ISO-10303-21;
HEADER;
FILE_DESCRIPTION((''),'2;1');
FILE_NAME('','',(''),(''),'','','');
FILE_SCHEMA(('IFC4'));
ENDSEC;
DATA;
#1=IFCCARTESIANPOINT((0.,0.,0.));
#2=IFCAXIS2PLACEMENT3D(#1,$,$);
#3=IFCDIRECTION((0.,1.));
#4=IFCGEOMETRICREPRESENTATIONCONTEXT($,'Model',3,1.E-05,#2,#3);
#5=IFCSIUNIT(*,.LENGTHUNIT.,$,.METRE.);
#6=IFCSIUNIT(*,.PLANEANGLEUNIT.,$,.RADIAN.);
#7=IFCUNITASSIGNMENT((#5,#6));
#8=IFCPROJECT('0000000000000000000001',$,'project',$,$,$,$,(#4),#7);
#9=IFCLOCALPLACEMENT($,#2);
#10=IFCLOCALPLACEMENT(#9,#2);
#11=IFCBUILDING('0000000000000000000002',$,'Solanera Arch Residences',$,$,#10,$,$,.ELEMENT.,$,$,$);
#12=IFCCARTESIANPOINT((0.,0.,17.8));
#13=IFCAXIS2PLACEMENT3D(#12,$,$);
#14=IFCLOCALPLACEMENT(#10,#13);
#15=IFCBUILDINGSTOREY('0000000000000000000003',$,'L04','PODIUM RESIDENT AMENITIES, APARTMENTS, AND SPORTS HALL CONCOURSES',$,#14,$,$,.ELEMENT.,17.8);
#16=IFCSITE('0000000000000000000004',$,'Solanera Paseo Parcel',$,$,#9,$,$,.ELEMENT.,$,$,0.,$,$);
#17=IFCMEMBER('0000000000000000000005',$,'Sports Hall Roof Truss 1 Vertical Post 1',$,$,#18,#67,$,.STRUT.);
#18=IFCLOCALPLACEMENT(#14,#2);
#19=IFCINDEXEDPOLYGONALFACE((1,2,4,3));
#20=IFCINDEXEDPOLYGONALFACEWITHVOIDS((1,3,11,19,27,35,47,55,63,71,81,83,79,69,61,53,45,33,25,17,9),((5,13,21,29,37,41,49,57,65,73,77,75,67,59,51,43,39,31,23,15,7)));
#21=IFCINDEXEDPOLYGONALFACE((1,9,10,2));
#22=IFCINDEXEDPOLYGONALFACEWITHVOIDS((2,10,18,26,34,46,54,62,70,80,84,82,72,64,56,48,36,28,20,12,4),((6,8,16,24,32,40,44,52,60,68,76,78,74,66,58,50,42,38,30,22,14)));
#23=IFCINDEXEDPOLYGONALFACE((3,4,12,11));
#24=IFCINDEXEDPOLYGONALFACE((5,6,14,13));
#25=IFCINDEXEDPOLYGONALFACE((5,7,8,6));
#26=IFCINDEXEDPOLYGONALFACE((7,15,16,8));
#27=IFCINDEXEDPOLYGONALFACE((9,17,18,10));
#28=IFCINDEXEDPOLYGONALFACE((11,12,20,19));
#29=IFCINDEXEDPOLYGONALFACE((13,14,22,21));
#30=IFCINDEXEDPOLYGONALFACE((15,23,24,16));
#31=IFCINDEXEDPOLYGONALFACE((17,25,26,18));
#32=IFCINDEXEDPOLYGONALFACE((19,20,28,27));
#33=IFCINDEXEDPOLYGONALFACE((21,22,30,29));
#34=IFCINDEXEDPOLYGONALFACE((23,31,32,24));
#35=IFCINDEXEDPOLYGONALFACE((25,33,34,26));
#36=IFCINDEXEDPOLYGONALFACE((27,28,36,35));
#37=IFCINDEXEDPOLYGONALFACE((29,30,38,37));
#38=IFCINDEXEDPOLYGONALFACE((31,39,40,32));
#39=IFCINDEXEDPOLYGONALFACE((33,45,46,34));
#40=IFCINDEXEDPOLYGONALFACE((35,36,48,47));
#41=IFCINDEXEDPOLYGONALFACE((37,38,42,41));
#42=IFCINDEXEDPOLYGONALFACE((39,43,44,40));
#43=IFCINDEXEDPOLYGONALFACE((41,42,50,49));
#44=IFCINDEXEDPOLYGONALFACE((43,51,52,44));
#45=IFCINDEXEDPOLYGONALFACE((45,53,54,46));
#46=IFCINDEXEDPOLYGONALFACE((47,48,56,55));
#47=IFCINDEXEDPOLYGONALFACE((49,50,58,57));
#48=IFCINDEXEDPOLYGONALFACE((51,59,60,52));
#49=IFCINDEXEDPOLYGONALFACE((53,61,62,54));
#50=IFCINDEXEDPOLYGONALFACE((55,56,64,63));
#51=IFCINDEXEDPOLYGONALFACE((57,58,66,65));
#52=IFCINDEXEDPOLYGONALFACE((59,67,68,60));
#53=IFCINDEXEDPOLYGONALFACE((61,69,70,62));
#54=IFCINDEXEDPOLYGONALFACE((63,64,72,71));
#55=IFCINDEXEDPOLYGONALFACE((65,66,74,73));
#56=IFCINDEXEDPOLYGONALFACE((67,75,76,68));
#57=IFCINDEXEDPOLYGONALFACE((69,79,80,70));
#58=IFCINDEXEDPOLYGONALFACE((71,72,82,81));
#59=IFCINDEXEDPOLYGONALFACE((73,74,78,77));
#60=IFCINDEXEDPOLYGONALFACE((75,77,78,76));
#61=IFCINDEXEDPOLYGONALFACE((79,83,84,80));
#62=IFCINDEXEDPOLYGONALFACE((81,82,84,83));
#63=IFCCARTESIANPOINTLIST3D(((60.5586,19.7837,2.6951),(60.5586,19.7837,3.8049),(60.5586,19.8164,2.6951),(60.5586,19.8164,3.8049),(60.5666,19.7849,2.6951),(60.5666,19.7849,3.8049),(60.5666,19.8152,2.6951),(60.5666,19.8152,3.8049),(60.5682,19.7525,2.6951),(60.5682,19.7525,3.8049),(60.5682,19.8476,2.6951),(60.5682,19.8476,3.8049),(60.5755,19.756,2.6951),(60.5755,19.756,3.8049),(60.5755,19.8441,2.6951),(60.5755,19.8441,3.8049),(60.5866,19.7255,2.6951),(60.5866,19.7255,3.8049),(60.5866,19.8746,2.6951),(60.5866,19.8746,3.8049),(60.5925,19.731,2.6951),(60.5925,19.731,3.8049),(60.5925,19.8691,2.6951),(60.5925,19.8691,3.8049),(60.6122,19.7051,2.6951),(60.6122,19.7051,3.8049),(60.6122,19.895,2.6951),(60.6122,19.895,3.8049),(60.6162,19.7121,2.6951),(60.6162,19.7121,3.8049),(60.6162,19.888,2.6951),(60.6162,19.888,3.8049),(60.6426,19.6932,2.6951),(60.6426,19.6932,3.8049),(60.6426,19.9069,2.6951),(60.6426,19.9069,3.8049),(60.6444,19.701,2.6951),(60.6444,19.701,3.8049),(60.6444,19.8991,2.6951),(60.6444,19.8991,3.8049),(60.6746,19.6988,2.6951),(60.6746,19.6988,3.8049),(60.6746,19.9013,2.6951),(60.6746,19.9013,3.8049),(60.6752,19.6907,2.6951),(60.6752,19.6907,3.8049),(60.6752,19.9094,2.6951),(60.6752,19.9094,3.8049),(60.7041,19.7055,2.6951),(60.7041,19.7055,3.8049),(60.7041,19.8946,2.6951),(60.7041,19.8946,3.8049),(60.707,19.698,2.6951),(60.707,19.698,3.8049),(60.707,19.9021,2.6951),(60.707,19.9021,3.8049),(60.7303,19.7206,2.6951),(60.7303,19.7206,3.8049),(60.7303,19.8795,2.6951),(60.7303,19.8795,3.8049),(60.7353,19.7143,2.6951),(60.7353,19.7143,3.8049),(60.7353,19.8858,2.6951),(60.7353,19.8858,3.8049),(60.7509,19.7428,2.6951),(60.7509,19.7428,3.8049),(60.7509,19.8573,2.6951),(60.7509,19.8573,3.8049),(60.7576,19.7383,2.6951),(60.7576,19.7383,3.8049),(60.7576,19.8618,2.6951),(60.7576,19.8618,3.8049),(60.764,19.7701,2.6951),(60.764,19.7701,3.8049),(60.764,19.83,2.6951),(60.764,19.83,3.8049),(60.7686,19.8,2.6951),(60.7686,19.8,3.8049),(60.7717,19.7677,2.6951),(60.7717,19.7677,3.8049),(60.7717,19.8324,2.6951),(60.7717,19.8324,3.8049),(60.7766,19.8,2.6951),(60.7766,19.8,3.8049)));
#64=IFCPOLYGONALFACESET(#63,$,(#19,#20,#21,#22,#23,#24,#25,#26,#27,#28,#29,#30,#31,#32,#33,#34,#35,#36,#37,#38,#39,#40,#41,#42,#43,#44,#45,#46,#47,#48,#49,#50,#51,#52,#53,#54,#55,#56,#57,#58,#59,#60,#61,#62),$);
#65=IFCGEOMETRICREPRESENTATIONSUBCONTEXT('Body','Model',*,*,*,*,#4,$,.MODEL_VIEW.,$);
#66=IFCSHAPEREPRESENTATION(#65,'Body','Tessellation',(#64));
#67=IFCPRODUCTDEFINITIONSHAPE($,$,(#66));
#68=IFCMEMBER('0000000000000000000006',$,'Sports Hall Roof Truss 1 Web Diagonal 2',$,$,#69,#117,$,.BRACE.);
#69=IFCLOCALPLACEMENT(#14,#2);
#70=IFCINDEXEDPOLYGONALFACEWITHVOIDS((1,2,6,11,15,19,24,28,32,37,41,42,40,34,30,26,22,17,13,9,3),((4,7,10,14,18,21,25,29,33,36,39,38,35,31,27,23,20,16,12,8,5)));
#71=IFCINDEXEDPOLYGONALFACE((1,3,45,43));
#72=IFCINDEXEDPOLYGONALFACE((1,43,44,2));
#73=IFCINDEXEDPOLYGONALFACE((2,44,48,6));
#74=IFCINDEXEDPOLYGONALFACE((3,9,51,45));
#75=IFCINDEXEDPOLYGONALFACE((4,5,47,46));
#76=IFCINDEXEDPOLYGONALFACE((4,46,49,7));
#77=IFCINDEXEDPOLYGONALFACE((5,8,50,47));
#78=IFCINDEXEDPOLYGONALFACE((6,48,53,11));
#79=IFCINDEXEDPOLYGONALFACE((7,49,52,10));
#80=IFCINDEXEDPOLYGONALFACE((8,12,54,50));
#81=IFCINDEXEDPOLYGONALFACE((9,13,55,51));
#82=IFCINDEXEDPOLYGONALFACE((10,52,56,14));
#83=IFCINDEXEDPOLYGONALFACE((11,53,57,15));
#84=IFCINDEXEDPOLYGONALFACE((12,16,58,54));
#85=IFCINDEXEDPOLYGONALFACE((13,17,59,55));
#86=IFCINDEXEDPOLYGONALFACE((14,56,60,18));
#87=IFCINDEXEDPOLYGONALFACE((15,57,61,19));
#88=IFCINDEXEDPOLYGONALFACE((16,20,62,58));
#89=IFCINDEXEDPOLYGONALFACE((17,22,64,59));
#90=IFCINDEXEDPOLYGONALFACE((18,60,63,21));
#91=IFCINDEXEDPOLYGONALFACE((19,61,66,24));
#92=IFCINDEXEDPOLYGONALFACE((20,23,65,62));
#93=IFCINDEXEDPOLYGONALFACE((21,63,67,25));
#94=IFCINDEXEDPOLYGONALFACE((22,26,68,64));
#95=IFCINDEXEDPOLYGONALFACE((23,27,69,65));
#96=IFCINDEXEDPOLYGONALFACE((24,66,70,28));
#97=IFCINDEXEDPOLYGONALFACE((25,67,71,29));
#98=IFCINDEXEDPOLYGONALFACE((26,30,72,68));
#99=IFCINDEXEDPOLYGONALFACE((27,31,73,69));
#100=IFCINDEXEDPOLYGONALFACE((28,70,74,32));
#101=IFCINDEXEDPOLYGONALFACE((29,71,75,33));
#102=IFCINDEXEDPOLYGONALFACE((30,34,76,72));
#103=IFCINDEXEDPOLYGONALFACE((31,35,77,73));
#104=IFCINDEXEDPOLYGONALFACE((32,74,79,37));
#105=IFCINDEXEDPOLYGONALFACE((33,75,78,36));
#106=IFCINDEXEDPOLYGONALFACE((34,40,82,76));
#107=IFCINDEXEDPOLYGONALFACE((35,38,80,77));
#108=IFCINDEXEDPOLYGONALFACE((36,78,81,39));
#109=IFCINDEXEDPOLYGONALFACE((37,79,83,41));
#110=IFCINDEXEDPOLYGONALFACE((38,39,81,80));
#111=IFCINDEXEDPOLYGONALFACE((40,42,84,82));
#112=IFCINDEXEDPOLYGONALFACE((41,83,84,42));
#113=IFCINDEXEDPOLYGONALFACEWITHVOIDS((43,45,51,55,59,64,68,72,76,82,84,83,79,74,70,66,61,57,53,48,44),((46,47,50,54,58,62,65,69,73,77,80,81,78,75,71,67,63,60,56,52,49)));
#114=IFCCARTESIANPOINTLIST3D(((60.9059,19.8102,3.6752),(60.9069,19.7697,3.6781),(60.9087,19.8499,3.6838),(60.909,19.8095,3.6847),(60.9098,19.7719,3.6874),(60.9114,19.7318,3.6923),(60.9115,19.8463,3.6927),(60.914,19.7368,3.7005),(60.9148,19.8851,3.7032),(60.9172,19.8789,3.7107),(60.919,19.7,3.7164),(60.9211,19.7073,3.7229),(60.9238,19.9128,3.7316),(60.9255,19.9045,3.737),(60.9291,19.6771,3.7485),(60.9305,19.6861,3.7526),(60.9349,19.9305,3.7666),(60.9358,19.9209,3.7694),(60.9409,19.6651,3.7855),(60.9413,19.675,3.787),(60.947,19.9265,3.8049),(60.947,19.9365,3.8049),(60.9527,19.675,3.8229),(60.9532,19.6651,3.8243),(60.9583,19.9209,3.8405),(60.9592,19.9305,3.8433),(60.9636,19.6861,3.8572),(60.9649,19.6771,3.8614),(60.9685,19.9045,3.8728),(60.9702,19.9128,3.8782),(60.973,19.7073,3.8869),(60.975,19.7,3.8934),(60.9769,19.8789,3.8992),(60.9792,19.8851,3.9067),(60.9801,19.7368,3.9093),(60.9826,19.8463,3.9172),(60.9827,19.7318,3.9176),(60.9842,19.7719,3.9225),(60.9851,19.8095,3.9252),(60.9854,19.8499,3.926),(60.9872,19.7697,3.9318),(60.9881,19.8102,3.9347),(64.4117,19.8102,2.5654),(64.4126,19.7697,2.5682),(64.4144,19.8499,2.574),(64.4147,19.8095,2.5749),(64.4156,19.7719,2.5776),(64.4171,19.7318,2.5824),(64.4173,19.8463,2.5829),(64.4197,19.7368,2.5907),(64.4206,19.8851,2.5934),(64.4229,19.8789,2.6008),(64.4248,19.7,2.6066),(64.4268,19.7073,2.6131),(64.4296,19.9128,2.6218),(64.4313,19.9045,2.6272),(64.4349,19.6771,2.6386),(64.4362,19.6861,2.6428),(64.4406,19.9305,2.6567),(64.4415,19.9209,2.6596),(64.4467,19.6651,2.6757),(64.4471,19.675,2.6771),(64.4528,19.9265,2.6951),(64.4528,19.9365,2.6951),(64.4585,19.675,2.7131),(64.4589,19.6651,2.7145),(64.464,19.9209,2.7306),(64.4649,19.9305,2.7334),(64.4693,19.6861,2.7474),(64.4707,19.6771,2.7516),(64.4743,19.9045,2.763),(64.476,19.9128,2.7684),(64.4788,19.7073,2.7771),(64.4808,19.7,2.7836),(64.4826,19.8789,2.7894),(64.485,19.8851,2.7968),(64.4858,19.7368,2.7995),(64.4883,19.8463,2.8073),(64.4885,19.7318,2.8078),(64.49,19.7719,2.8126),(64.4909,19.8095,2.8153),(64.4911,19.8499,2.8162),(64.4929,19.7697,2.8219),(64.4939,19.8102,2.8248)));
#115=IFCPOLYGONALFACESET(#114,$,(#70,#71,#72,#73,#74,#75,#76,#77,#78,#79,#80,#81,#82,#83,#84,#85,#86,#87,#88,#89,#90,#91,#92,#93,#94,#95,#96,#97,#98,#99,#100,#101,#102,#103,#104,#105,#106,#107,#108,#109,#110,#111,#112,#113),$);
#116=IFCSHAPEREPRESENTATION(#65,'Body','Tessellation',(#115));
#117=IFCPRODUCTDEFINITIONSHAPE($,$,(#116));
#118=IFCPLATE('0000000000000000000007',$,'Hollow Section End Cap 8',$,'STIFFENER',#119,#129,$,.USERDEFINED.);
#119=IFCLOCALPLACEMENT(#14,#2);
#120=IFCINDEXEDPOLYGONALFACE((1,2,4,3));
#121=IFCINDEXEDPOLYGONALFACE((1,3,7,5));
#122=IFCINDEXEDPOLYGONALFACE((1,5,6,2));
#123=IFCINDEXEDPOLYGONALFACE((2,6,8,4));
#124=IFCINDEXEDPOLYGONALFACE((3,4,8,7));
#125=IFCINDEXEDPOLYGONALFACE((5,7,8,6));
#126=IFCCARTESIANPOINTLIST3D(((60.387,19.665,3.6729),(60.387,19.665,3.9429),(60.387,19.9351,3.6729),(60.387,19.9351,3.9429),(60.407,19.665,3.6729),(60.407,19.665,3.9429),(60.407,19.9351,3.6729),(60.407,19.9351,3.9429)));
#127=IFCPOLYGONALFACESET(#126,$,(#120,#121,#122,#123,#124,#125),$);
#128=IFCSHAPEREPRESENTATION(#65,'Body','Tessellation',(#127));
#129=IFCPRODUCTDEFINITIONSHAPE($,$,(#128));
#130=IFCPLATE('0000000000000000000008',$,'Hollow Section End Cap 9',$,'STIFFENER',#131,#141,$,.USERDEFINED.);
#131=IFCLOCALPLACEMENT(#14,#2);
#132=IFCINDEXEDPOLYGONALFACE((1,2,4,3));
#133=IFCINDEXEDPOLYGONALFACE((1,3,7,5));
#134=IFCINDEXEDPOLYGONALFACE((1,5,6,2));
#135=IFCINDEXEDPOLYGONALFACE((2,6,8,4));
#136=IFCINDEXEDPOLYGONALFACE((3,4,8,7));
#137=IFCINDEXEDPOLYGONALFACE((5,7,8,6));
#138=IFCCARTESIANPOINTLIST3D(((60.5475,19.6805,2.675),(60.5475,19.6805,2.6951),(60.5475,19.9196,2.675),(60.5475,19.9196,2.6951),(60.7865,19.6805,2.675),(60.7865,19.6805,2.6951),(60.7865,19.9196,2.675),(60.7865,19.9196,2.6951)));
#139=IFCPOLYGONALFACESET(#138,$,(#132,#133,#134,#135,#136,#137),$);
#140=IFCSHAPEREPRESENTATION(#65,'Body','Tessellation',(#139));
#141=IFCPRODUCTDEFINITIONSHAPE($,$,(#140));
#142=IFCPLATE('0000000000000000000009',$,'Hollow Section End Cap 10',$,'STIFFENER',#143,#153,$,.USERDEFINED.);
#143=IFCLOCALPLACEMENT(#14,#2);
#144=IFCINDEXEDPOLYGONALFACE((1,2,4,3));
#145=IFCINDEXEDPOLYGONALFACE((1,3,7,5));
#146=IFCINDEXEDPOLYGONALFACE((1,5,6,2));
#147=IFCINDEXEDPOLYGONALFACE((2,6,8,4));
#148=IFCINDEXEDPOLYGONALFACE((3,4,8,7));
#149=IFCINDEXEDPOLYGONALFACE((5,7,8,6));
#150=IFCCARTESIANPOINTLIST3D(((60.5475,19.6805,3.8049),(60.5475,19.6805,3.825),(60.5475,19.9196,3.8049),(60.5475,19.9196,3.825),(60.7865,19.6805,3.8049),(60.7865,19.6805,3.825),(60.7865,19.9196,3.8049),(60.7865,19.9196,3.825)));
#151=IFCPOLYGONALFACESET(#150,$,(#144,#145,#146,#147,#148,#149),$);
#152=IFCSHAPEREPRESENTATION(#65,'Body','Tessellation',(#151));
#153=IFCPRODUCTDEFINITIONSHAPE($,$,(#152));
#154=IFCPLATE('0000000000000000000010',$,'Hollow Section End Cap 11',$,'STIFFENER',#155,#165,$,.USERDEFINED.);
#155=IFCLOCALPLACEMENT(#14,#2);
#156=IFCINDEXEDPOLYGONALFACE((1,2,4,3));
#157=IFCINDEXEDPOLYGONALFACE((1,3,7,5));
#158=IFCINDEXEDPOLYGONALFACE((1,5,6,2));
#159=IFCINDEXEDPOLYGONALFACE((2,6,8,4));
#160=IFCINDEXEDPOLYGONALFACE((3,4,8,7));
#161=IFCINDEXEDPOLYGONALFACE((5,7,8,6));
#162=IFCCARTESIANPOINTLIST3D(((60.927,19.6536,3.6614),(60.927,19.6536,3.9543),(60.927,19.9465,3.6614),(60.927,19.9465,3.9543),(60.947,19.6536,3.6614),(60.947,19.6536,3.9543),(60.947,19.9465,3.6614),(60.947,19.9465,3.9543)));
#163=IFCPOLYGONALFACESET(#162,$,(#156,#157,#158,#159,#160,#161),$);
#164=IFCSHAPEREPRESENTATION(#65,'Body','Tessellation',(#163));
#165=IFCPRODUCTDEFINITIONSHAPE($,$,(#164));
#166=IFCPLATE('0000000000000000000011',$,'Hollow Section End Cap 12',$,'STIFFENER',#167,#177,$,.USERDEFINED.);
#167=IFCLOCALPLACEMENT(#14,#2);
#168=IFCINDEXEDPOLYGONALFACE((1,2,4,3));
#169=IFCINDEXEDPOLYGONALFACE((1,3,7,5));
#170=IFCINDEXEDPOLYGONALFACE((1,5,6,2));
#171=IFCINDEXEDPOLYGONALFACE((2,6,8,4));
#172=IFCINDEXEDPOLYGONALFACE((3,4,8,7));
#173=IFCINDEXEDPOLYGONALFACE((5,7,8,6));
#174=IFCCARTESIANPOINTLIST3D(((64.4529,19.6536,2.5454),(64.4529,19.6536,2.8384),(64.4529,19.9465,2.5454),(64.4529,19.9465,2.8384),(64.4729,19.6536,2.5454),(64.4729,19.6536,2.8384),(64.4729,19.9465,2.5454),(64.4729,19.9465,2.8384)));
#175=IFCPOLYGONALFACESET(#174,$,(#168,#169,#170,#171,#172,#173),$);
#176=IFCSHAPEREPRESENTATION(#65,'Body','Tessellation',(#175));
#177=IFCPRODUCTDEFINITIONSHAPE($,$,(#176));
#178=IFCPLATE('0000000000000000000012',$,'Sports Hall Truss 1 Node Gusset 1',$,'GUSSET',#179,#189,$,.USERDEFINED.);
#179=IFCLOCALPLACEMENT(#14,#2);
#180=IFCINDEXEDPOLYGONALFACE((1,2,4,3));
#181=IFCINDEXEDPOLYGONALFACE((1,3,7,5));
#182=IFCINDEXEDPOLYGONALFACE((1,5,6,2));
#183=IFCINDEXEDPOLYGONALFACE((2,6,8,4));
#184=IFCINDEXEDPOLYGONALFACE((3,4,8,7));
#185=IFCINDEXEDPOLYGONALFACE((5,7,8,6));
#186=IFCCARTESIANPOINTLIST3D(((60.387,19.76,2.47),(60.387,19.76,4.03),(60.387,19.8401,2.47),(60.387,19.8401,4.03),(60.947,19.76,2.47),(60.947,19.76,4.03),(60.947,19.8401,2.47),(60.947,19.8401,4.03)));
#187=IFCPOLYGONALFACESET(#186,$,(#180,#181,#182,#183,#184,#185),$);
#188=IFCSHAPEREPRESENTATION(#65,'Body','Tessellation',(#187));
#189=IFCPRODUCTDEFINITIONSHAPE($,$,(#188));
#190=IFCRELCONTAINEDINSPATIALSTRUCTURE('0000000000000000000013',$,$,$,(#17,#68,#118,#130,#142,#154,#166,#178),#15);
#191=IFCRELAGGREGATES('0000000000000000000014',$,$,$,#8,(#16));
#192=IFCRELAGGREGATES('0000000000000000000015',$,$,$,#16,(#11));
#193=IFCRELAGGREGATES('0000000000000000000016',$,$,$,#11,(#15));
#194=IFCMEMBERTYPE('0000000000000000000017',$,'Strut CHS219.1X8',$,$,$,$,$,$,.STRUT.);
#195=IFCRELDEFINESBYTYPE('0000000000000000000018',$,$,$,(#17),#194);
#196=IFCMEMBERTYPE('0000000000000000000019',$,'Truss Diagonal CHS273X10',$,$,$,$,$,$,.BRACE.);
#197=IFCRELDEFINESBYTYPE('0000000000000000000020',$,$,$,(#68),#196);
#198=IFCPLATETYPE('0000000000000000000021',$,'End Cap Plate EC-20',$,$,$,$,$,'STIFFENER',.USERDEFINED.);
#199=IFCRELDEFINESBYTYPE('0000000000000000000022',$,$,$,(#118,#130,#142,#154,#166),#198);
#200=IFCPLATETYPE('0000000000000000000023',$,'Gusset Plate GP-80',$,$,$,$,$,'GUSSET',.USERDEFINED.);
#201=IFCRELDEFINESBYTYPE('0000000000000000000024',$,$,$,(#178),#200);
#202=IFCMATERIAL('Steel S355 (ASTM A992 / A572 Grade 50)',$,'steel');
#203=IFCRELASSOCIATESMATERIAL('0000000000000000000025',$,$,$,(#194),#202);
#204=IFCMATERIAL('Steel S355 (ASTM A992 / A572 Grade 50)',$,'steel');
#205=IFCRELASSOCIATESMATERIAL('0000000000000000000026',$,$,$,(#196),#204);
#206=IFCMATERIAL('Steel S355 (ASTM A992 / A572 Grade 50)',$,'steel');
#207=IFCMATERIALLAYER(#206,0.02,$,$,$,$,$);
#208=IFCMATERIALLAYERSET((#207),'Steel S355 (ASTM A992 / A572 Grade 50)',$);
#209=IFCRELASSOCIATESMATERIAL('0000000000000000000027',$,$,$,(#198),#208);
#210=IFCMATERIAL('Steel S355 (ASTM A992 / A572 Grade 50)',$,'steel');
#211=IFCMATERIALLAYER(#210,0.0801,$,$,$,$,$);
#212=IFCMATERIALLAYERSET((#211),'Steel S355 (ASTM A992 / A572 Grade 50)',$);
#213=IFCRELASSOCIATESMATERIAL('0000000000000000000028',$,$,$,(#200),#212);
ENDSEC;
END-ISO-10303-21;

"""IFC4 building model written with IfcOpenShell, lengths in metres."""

from ifc_helpers import new_model, si_unit, direction, frame, origin, origin_2d, place, context, subcontext, project, spatial, rectangle, hollow_circle, extrude, material, layer, layer_set, material_profile, profile_set, type_object, element, save


model = new_model("IFC4")

# Units and contexts
model_context = context("Model", 3, precision=1e-05, world=origin(), true_north=direction((0.0, 1.0)))
body_context = subcontext(model_context, "Body", "Model", "MODEL_VIEW")
ifc_project = project(units=[si_unit("LENGTHUNIT", "METRE"), si_unit("PLANEANGLEUNIT", "RADIAN")], contexts=[model_context])

# Site, building, storey
site_placement = place(None, origin())
site = spatial("IfcSite", under=ifc_project, at=site_placement, Name="Solanera Paseo Parcel", CompositionType="ELEMENT", RefElevation=0.0)
building_placement = place(site_placement, origin())
building = spatial("IfcBuilding", under=site, at=building_placement, Name="Solanera Arch Residences", CompositionType="ELEMENT")
storey_placement = place(building_placement, frame((0.0, 0.0, 17.8)))
storey = spatial("IfcBuildingStorey", under=building, at=storey_placement, Name="L04", Description="PODIUM RESIDENT AMENITIES, APARTMENTS, AND SPORTS HALL CONCOURSES", CompositionType="ELEMENT", Elevation=17.8)

# Members
ifc_material_1 = material(Name="Steel S355 (ASTM A992 / A572 Grade 50)", Category="steel")
ifc_material_profile_1 = material_profile(ifc_material_1, hollow_circle(Radius=0.1096, WallThickness=0.0081, at=origin_2d()))
ifc_profile_set_1 = profile_set([ifc_material_profile_1], Name="Steel S355 (ASTM A992 / A572 Grade 50)")
member_type_1 = type_object("IfcMemberType", Name="Strut CHS219.1X8", PredefinedType="STRUT", material=ifc_profile_set_1)
member_1_placement = place(storey_placement, frame((60.667, 19.8, 2.6951), z_axis=(0.0, 0.0, 1.0), x_axis=(1.0, 0.0, 0.0)))
element("IfcMember", 1, at=member_1_placement, inside=storey, type_object=member_type_1, Name="Sports Hall Roof Truss 1 Vertical Post 1", PredefinedType="STRUT", context=body_context, shape_type="SweptSolid", body=[
    extrude(hollow_circle(Radius=0.1096, WallThickness=0.0081, at=origin_2d()), origin(), (0.0, 0.0, 1.0), 1.1099),
])
ifc_material_2 = material(Name="Steel S355 (ASTM A992 / A572 Grade 50)", Category="steel")
ifc_material_profile_2 = material_profile(ifc_material_2, hollow_circle(Radius=0.1365, WallThickness=0.01, at=origin_2d()))
ifc_profile_set_2 = profile_set([ifc_material_profile_2], Name="Steel S355 (ASTM A992 / A572 Grade 50)")
member_type_2 = type_object("IfcMemberType", Name="Truss Diagonal CHS273X10", PredefinedType="BRACE", material=ifc_profile_set_2)
member_2_placement = place(storey_placement, frame((60.947, 19.8, 3.8049), z_axis=(0.953368, 0.0, -0.301811), x_axis=(0.0, 1.0, 0.0)))
element("IfcMember", 2, at=member_2_placement, inside=storey, type_object=member_type_2, Name="Sports Hall Roof Truss 1 Web Diagonal 2", PredefinedType="BRACE", context=body_context, shape_type="SweptSolid", body=[
    extrude(hollow_circle(Radius=0.1365, WallThickness=0.01, at=origin_2d()), origin(), (0.0, 0.0, 1.0), 3.6772),
])

# Plates
ifc_material_3 = material(Name="Steel S355 (ASTM A992 / A572 Grade 50)", Category="steel")
ifc_layer_1 = layer(ifc_material_3, 0.02)
ifc_layer_set_1 = layer_set([ifc_layer_1], Name="Steel S355 (ASTM A992 / A572 Grade 50)")
plate_type_1 = type_object("IfcPlateType", Name="End Cap Plate EC-20", ElementType="STIFFENER", PredefinedType="USERDEFINED", material=ifc_layer_set_1)
plate_1_placement = place(storey_placement, frame((60.397, 19.8, 3.6729), z_axis=(0.0, 0.0, 1.0), x_axis=(1.0, 0.0, 0.0)))
element("IfcPlate", 3, at=plate_1_placement, inside=storey, type_object=plate_type_1, Name="Hollow Section End Cap 8", ObjectType="STIFFENER", PredefinedType="USERDEFINED", context=body_context, shape_type="SweptSolid", body=[
    extrude(rectangle(XDim=0.02, YDim=0.27, at=origin_2d()), origin(), (0.0, 0.0, 1.0), 0.27),
])
for number, where, z_axis, x_axis, name in (
    (4, (60.667, 19.8, 2.675), (0.0, 0.0, 1.0), (1.0, 0.0, 0.0), "Hollow Section End Cap 9"),
    (5, (60.667, 19.8, 3.8049), (0.0, 0.0, 1.0), (1.0, 0.0, 0.0), "Hollow Section End Cap 10"),
):
    element("IfcPlate", number, at=place(storey_placement, frame(where, z_axis=z_axis, x_axis=x_axis)), inside=storey, type_object=plate_type_1, Name=name, ObjectType="STIFFENER", PredefinedType="USERDEFINED", context=body_context, shape_type="SweptSolid", body=[
        extrude(rectangle(XDim=0.239, YDim=0.239, at=origin_2d()), origin(), (0.0, 0.0, 1.0), 0.02),
    ])
for number, where, z_axis, x_axis, name in (
    (6, (60.937, 19.8, 3.6614), (0.0, 0.0, 1.0), (-1.0, 0.0, 0.0), "Hollow Section End Cap 11"),
    (7, (64.4629, 19.8, 2.5454), (0.0, 0.0, 1.0), (1.0, 0.0, 0.0), "Hollow Section End Cap 12"),
):
    element("IfcPlate", number, at=place(storey_placement, frame(where, z_axis=z_axis, x_axis=x_axis)), inside=storey, type_object=plate_type_1, Name=name, ObjectType="STIFFENER", PredefinedType="USERDEFINED", context=body_context, shape_type="SweptSolid", body=[
        extrude(rectangle(XDim=0.02, YDim=0.293, at=origin_2d()), origin(), (0.0, 0.0, 1.0), 0.293),
    ])
ifc_material_4 = material(Name="Steel S355 (ASTM A992 / A572 Grade 50)", Category="steel")
ifc_layer_2 = layer(ifc_material_4, 0.0801)
ifc_layer_set_2 = layer_set([ifc_layer_2], Name="Steel S355 (ASTM A992 / A572 Grade 50)")
plate_type_2 = type_object("IfcPlateType", Name="Gusset Plate GP-80", ElementType="GUSSET", PredefinedType="USERDEFINED", material=ifc_layer_set_2)
plate_2_placement = place(storey_placement, frame((60.667, 19.8, 2.47), z_axis=(0.0, 0.0, 1.0), x_axis=(1.0, 0.0, 0.0)))
element("IfcPlate", 8, at=plate_2_placement, inside=storey, type_object=plate_type_2, Name="Sports Hall Truss 1 Node Gusset 1", ObjectType="GUSSET", PredefinedType="USERDEFINED", context=body_context, shape_type="SweptSolid", body=[
    extrude(rectangle(XDim=0.5601, YDim=0.0801, at=origin_2d()), origin(), (0.0, 0.0, 1.0), 1.5601),
])

save(model, "model.ifc")
